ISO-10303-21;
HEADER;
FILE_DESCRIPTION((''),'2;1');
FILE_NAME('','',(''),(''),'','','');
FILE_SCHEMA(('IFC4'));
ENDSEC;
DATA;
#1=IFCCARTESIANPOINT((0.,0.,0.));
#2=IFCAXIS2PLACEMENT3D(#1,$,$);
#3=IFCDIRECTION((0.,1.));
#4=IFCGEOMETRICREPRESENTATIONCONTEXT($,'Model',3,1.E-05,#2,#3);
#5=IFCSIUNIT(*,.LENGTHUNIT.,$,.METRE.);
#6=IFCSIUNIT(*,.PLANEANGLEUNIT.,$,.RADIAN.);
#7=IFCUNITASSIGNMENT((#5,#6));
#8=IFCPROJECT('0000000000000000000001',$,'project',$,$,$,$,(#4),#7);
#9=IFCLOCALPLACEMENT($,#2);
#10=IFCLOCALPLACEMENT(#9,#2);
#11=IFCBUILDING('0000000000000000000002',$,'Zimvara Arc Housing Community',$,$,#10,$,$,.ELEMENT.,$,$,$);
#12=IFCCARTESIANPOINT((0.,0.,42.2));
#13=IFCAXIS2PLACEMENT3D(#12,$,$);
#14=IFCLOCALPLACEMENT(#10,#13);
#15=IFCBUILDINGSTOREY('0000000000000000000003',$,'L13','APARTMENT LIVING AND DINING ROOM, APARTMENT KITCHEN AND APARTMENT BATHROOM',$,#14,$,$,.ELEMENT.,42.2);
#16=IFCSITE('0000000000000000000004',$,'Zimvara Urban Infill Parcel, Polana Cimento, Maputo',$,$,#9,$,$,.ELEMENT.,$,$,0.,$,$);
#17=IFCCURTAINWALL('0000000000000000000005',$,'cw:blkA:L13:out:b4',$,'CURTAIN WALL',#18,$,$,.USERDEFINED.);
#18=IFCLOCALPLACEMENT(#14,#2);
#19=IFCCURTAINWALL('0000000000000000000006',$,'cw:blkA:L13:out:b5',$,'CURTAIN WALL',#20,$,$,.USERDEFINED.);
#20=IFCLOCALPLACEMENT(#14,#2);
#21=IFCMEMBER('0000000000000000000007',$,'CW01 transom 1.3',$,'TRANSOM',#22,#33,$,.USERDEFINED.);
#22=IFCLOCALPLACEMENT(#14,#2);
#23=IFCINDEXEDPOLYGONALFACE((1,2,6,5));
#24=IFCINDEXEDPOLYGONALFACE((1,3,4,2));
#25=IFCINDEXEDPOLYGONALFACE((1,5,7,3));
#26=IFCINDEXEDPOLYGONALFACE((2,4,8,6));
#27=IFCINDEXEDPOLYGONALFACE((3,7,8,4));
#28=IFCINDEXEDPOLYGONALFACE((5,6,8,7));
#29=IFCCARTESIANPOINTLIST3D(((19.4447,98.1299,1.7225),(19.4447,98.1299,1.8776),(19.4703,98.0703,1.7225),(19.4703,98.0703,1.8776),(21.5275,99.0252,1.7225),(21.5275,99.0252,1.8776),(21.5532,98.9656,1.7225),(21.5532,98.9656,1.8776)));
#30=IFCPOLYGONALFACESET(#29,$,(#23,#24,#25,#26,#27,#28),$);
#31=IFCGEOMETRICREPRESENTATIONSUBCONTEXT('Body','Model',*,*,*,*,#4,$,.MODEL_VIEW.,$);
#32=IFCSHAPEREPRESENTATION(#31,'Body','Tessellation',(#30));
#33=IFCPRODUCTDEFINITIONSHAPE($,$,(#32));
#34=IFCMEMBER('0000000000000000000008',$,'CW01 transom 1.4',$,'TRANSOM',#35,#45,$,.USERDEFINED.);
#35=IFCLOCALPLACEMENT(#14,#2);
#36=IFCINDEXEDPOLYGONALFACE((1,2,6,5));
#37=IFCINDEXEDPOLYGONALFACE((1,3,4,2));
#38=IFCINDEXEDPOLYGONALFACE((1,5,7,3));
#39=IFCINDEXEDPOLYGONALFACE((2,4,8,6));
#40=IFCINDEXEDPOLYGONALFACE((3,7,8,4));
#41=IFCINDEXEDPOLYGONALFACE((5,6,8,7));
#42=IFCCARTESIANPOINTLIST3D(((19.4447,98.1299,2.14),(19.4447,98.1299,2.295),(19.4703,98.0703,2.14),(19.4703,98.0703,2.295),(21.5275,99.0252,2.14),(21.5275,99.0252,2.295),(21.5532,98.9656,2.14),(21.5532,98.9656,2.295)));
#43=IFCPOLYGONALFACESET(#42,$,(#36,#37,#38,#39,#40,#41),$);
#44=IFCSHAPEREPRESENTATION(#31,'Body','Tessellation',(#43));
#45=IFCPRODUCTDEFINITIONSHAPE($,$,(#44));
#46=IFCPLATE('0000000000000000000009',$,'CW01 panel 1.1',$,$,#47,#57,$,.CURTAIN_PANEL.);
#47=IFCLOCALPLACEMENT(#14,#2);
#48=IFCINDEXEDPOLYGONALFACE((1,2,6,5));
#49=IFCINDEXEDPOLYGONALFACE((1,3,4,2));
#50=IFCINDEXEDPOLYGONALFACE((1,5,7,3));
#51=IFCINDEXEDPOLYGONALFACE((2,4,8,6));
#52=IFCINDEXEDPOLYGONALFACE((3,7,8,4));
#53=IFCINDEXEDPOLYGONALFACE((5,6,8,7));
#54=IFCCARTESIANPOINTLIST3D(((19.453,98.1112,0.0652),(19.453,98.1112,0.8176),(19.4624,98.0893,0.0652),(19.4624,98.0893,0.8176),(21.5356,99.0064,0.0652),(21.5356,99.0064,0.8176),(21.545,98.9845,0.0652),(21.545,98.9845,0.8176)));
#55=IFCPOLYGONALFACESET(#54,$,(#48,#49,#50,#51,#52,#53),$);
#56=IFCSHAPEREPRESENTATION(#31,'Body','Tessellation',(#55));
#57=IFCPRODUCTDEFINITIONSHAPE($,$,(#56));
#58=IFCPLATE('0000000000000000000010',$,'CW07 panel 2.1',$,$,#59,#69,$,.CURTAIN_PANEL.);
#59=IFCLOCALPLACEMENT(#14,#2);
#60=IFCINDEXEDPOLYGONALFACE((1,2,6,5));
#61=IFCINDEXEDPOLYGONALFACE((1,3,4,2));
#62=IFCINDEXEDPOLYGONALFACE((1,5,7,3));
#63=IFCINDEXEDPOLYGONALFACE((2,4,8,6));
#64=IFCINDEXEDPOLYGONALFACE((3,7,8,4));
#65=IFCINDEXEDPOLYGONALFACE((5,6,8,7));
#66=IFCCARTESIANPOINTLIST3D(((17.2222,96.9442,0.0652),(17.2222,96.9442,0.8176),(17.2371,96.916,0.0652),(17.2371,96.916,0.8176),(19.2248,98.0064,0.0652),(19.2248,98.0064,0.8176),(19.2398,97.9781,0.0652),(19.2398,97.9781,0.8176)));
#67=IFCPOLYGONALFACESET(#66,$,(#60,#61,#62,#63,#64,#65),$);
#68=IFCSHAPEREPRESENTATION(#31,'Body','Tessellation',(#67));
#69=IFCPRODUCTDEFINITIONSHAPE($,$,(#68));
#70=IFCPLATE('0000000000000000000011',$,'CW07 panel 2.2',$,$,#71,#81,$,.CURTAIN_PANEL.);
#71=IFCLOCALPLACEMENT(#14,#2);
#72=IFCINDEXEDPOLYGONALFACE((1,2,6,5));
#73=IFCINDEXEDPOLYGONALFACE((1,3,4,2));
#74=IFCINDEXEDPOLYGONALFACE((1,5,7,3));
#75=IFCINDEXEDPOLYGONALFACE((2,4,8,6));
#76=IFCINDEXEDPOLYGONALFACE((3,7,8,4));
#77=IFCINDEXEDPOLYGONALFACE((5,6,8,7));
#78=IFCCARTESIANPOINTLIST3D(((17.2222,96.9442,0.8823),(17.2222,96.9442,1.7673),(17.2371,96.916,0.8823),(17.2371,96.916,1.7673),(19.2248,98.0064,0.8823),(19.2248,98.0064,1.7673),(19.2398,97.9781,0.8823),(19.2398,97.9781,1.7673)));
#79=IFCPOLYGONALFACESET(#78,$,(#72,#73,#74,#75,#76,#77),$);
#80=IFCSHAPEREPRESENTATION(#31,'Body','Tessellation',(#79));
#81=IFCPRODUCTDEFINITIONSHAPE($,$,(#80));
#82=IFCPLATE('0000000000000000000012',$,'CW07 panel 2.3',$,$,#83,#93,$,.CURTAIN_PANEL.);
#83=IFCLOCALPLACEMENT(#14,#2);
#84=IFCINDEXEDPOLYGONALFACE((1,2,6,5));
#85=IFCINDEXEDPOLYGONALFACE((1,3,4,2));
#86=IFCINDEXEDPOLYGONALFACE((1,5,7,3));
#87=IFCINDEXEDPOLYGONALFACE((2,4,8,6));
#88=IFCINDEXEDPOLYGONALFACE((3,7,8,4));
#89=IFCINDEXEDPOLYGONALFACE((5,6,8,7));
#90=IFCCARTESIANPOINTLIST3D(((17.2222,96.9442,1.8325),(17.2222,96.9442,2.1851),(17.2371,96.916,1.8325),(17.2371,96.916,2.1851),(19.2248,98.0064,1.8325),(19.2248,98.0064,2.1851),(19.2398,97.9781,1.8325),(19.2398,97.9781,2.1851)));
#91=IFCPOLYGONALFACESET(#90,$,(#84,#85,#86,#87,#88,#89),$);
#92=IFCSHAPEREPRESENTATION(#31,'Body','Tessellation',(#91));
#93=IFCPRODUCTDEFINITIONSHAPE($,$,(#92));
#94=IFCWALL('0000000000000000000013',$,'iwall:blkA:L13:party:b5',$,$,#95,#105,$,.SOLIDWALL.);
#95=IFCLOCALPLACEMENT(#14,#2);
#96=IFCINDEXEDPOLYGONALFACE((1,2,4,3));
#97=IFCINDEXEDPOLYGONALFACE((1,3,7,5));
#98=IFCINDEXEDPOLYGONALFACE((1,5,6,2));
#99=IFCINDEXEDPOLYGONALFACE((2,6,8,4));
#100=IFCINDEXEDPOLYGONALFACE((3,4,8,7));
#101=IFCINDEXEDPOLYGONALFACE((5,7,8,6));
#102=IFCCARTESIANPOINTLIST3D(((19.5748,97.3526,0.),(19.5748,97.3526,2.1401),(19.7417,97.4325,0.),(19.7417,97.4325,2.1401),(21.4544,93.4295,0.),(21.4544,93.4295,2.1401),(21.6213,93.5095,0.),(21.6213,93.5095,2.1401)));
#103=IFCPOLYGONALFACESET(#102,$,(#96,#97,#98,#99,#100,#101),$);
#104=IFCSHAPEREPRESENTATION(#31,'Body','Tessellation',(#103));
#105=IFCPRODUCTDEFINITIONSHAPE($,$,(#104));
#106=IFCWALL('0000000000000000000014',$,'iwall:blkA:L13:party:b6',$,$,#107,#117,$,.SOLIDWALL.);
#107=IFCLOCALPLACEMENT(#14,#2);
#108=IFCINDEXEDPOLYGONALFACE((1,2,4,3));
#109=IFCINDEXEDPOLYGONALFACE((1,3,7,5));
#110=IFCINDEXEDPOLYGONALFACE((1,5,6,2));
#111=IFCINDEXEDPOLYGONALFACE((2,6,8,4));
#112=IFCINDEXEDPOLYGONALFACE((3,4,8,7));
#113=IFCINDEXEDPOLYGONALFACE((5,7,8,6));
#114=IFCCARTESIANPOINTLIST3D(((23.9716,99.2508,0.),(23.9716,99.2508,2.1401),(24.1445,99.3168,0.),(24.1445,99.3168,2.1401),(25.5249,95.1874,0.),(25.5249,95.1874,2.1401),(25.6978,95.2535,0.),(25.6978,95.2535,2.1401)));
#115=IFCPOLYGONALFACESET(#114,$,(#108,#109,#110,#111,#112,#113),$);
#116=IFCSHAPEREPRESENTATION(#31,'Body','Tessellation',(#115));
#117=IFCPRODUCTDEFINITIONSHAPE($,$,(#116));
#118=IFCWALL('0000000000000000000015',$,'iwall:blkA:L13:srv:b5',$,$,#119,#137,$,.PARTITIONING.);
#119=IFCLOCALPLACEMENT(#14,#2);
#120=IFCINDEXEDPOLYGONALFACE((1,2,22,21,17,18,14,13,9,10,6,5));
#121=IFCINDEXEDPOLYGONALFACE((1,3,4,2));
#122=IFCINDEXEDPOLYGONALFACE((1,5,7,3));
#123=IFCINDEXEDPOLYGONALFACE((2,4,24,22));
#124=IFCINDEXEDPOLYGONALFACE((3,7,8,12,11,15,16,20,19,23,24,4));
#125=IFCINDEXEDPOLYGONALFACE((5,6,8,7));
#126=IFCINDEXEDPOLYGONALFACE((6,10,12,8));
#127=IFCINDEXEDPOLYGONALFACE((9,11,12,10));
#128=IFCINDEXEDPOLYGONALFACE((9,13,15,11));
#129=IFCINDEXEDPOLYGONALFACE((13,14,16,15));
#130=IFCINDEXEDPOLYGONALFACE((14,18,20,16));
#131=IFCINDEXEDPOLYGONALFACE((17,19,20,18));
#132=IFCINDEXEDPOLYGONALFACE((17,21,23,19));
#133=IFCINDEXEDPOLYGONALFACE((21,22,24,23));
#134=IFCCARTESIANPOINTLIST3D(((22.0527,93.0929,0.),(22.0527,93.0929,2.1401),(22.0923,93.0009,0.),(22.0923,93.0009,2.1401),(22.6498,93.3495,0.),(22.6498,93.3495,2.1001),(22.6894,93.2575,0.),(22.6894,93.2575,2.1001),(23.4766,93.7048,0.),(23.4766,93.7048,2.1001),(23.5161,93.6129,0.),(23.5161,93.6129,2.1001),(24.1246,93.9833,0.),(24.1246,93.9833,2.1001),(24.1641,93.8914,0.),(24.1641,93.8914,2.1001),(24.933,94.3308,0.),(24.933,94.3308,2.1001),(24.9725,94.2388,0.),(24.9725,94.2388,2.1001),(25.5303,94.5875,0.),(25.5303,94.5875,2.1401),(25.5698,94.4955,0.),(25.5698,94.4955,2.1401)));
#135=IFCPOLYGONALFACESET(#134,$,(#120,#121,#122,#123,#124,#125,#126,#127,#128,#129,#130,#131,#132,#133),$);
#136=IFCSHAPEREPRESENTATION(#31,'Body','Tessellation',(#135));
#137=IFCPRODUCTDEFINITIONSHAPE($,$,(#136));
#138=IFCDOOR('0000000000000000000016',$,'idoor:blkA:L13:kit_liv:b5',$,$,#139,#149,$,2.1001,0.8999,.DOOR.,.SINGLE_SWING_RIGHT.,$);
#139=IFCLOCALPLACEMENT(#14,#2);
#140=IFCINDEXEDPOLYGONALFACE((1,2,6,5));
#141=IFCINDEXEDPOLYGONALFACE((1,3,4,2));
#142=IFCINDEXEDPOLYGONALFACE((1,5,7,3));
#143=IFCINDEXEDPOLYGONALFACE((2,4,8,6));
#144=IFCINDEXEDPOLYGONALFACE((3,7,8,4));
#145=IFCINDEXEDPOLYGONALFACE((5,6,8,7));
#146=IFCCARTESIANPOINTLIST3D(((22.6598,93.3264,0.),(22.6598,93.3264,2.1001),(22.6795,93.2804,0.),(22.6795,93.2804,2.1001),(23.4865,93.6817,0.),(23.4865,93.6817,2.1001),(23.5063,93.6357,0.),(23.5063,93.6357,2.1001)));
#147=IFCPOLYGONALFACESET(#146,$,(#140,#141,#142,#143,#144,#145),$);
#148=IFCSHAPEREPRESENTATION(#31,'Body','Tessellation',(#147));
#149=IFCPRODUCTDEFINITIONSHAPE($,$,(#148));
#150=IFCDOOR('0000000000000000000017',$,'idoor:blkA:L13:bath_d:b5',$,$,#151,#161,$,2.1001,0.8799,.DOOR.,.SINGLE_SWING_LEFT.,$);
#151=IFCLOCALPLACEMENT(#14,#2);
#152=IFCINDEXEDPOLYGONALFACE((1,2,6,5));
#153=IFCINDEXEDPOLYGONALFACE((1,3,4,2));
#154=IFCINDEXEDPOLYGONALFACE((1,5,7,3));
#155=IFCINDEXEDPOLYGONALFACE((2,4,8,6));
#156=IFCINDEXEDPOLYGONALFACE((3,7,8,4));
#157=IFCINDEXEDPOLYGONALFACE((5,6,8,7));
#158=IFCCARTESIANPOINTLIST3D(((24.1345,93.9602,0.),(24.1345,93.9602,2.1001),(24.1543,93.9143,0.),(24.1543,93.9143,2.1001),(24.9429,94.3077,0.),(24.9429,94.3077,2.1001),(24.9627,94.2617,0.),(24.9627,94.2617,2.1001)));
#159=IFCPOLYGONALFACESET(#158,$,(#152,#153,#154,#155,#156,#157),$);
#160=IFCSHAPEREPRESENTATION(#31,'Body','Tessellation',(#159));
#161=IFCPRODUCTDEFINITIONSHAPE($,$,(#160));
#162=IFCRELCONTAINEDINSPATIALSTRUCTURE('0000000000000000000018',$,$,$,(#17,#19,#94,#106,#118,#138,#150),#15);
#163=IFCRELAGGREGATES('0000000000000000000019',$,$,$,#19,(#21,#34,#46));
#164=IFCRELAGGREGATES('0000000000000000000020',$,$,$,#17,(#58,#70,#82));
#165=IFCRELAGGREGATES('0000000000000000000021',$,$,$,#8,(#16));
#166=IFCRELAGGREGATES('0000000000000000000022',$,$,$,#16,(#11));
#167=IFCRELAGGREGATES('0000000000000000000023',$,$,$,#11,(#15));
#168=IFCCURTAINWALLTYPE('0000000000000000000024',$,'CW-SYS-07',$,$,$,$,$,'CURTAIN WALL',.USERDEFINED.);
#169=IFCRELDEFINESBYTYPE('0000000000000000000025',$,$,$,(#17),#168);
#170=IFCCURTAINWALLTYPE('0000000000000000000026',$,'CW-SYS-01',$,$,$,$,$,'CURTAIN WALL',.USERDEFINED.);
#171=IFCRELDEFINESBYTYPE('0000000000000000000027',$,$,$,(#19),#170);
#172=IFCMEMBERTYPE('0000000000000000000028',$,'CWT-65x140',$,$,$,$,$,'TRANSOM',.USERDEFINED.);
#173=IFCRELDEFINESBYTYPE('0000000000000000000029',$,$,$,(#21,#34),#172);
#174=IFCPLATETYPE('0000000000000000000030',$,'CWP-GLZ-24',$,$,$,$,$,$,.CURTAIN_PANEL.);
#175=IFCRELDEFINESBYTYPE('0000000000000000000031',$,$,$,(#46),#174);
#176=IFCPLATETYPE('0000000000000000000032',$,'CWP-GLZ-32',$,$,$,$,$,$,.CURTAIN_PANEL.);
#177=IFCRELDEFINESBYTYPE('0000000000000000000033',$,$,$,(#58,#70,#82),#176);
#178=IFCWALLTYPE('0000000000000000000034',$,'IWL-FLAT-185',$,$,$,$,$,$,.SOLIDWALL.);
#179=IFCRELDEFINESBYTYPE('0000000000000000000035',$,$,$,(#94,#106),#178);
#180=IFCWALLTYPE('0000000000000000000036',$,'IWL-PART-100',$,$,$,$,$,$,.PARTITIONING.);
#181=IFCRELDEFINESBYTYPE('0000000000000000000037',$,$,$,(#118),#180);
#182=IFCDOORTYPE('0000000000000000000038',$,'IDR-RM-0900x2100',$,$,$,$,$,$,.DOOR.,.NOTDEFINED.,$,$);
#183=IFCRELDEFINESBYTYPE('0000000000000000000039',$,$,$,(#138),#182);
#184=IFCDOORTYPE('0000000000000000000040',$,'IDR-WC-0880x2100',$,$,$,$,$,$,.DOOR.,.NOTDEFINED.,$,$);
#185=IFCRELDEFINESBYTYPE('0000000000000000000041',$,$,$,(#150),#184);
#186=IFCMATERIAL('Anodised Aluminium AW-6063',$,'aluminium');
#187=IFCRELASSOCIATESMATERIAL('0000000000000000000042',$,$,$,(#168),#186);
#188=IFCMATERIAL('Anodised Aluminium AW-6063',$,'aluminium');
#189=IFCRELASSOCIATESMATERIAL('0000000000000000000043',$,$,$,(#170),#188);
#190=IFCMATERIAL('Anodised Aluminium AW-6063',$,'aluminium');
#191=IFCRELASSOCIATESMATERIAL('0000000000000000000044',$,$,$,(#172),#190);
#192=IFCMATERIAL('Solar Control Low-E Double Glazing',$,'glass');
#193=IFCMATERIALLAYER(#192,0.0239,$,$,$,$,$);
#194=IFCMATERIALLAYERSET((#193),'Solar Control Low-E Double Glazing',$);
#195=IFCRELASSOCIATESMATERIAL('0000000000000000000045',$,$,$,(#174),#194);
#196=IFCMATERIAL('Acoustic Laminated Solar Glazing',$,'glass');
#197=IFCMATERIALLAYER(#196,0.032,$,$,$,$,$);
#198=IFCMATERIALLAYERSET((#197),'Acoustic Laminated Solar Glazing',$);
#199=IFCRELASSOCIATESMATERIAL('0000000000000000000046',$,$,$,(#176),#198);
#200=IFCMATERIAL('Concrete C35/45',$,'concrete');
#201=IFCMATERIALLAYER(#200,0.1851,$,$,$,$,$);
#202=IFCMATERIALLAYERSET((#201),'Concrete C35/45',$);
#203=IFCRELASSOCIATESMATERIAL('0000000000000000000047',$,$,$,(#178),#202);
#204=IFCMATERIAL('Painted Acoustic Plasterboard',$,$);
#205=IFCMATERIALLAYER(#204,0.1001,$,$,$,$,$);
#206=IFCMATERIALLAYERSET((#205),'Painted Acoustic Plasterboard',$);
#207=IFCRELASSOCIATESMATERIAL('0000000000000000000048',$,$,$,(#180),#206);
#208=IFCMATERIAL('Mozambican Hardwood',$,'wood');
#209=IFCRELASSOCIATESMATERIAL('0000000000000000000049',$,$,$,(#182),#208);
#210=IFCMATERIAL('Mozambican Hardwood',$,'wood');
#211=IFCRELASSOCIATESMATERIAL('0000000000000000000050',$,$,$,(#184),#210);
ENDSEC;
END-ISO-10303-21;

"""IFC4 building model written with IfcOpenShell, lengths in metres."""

from ifc_helpers import new_model, si_unit, direction, frame, frame_2d, origin, origin_2d, place, context, subcontext, project, spatial, rectangle, extrude, material, layer, layer_set, material_profile, profile_set, type_object, element, fill, aggregate, save


model = new_model("IFC4")

# Units and contexts
model_context = context("Model", 3, precision=1e-05, world=origin(), true_north=direction((0.0, 1.0)))
body_context = subcontext(model_context, "Body", "Model", "MODEL_VIEW")
ifc_project = project(units=[si_unit("LENGTHUNIT", "METRE"), si_unit("PLANEANGLEUNIT", "RADIAN")], contexts=[model_context])

# Site, building, storey
site_placement = place(None, origin())
site = spatial("IfcSite", under=ifc_project, at=site_placement, Name="Zimvara Urban Infill Parcel, Polana Cimento, Maputo", CompositionType="ELEMENT", RefElevation=0.0)
building_placement = place(site_placement, origin())
building = spatial("IfcBuilding", under=site, at=building_placement, Name="Zimvara Arc Housing Community", CompositionType="ELEMENT")
storey_placement = place(building_placement, frame((0.0, 0.0, 42.2)))
storey = spatial("IfcBuildingStorey", under=building, at=storey_placement, Name="L13", Description="APARTMENT LIVING AND DINING ROOM, APARTMENT KITCHEN AND APARTMENT BATHROOM", CompositionType="ELEMENT", Elevation=42.2)

# Curtain wall
ifc_material_1 = material(Name="Anodised Aluminium AW-6063", Category="aluminium")
curtain_wall_type_1 = type_object("IfcCurtainWallType", Name="CW-SYS-07", ElementType="CURTAIN WALL", PredefinedType="USERDEFINED", material=ifc_material_1)
curtain_wall_1_placement = place(storey_placement, origin())
curtain_wall_1 = element("IfcCurtainWall", 1, at=curtain_wall_1_placement, inside=storey, type_object=curtain_wall_type_1, Name="cw:blkA:L13:out:b4", ObjectType="CURTAIN WALL", PredefinedType="USERDEFINED")

# Curtain wall, members, plate
ifc_material_2 = material(Name="Anodised Aluminium AW-6063", Category="aluminium")
curtain_wall_type_2 = type_object("IfcCurtainWallType", Name="CW-SYS-01", ElementType="CURTAIN WALL", PredefinedType="USERDEFINED", material=ifc_material_2)
curtain_wall_2_placement = place(storey_placement, origin())
curtain_wall_2 = element("IfcCurtainWall", 2, at=curtain_wall_2_placement, inside=storey, type_object=curtain_wall_type_2, Name="cw:blkA:L13:out:b5", ObjectType="CURTAIN WALL", PredefinedType="USERDEFINED")
ifc_material_3 = material(Name="Anodised Aluminium AW-6063", Category="aluminium")
ifc_material_profile_1 = material_profile(ifc_material_3, rectangle(XDim=0.0649, YDim=0.155, at=origin_2d()), Name="ALU 65x155")
ifc_profile_set_1 = profile_set([ifc_material_profile_1], Name="Anodised Aluminium AW-6063")
member_type_1 = type_object("IfcMemberType", Name="CWT-65x140", ElementType="TRANSOM", PredefinedType="USERDEFINED", material=ifc_profile_set_1)
member_1_placement = place(storey_placement, frame((19.4575, 98.1001, 1.8), z_axis=(0.918721, 0.394907, 0.0), x_axis=(-0.394907, 0.918721, 0.0)))
member_1 = element("IfcMember", 3, at=member_1_placement, type_object=member_type_1, Name="CW01 transom 1.3", ObjectType="TRANSOM", PredefinedType="USERDEFINED", context=body_context, shape_type="SweptSolid", body=[
    extrude(rectangle(XDim=0.0649, YDim=0.155, at=origin_2d()), origin(), (0.0, 0.0, 1.0), 2.2671),
])
member_2_placement = place(storey_placement, frame((19.4575, 98.1001, 2.2175), z_axis=(0.918721, 0.394907, 0.0), x_axis=(-0.394907, 0.918721, 0.0)))
member_2 = element("IfcMember", 4, at=member_2_placement, type_object=member_type_1, Name="CW01 transom 1.4", ObjectType="TRANSOM", PredefinedType="USERDEFINED", context=body_context, shape_type="SweptSolid", body=[
    extrude(rectangle(XDim=0.0649, YDim=0.155, at=origin_2d()), origin(), (0.0, 0.0, 1.0), 2.2671),
])
ifc_material_4 = material(Name="Solar Control Low-E Double Glazing", Category="glass")
ifc_layer_1 = layer(ifc_material_4, 0.0239)
ifc_layer_set_1 = layer_set([ifc_layer_1], Name="Solar Control Low-E Double Glazing")
plate_type_1 = type_object("IfcPlateType", Name="CWP-GLZ-24", PredefinedType="CURTAIN_PANEL", material=ifc_layer_set_1)
plate_1_placement = place(storey_placement, frame((20.499, 98.5479, 0.0652), z_axis=(0.0, 0.0, 1.0), x_axis=(0.918722, 0.394904, 0.0)))
plate_1 = element("IfcPlate", 5, at=plate_1_placement, type_object=plate_type_1, Name="CW01 panel 1.1", PredefinedType="CURTAIN_PANEL", context=body_context, shape_type="SweptSolid", body=[
    extrude(rectangle(XDim=2.2668, YDim=0.0239, at=origin_2d()), origin(), (0.0, 0.0, 1.0), 0.7524),
])
aggregate(curtain_wall_2, [member_1, member_2, plate_1])

# Plates
ifc_material_5 = material(Name="Acoustic Laminated Solar Glazing", Category="glass")
ifc_layer_2 = layer(ifc_material_5, 0.032)
ifc_layer_set_2 = layer_set([ifc_layer_2], Name="Acoustic Laminated Solar Glazing")
plate_type_2 = type_object("IfcPlateType", Name="CWP-GLZ-32", PredefinedType="CURTAIN_PANEL", material=ifc_layer_set_2)
plate_2_placement = place(storey_placement, frame((18.231, 97.4612, 0.0652), z_axis=(0.0, 0.0, 1.0), x_axis=(0.883439, 0.468547, 0.0)))
plate_2 = element("IfcPlate", 6, at=plate_2_placement, type_object=plate_type_2, Name="CW07 panel 2.1", PredefinedType="CURTAIN_PANEL", context=body_context, shape_type="SweptSolid", body=[
    extrude(rectangle(XDim=2.2668, YDim=0.032, at=origin_2d()), origin(), (0.0, 0.0, 1.0), 0.7524),
])
plate_3_placement = place(storey_placement, frame((18.231, 97.4612, 0.8823), z_axis=(0.0, 0.0, 1.0), x_axis=(0.883439, 0.468547, 0.0)))
plate_3 = element("IfcPlate", 7, at=plate_3_placement, type_object=plate_type_2, Name="CW07 panel 2.2", PredefinedType="CURTAIN_PANEL", context=body_context, shape_type="SweptSolid", body=[
    extrude(rectangle(XDim=2.2668, YDim=0.032, at=origin_2d()), origin(), (0.0, 0.0, 1.0), 0.885),
])
plate_4_placement = place(storey_placement, frame((18.231, 97.4612, 1.8325), z_axis=(0.0, 0.0, 1.0), x_axis=(0.883439, 0.468547, 0.0)))
plate_4 = element("IfcPlate", 8, at=plate_4_placement, type_object=plate_type_2, Name="CW07 panel 2.3", PredefinedType="CURTAIN_PANEL", context=body_context, shape_type="SweptSolid", body=[
    extrude(rectangle(XDim=2.2668, YDim=0.032, at=origin_2d()), origin(), (0.0, 0.0, 1.0), 0.3525),
])
aggregate(curtain_wall_1, [plate_2, plate_3, plate_4])

# Walls
ifc_material_6 = material(Name="Concrete C35/45", Category="concrete")
ifc_layer_3 = layer(ifc_material_6, 0.1851)
ifc_layer_set_3 = layer_set([ifc_layer_3], Name="Concrete C35/45")
wall_type_1 = type_object("IfcWallType", Name="IWL-FLAT-185", PredefinedType="SOLIDWALL", material=ifc_layer_set_3)
for number, where, z_axis, x_axis, name in (
    (9, (21.5378, 93.4695, 0.0), (0.0, 0.0, 1.0), (-0.432087, 0.901832, 0.0), "iwall:blkA:L13:party:b5"),
    (10, (25.6113, 95.2205, 0.0), (0.0, 0.0, 1.0), (-0.357064, 0.93408, 0.0), "iwall:blkA:L13:party:b6"),
):
    element("IfcWall", number, at=place(storey_placement, frame(where, z_axis=z_axis, x_axis=x_axis)), inside=storey, type_object=wall_type_1, Name=name, PredefinedType="SOLIDWALL", context=body_context, shape_type="SweptSolid", body=[
        extrude(rectangle(XDim=4.3501, YDim=0.1851, at=frame_2d((2.175, 0.0))), origin(), (0.0, 0.0, 1.0), 2.1401),
    ])

# Wall, openings, doors
ifc_material_7 = material(Name="Painted Acoustic Plasterboard")
ifc_layer_4 = layer(ifc_material_7, 0.1001)
ifc_layer_set_4 = layer_set([ifc_layer_4], Name="Painted Acoustic Plasterboard")
wall_type_2 = type_object("IfcWallType", Name="IWL-PART-100", PredefinedType="PARTITIONING", material=ifc_layer_set_4)
wall_1_placement = place(storey_placement, frame((22.0725, 93.0469, 0.0), z_axis=(0.0, 0.0, 1.0), x_axis=(0.918738, 0.394869, 0.0)))
wall_1 = element("IfcWall", 11, at=wall_1_placement, inside=storey, type_object=wall_type_2, Name="iwall:blkA:L13:srv:b5", PredefinedType="PARTITIONING", context=body_context, shape_type="SweptSolid", body=[
    extrude(rectangle(XDim=3.7852, YDim=0.1001, at=frame_2d((1.8926, 0.0))), origin(), (0.0, 0.0, 1.0), 2.1401),
])
opening_1_placement = place(wall_1_placement, frame((0.6499, 0.0, 0.0)))
opening_1 = element("IfcOpeningElement", 12, at=opening_1_placement, cuts=wall_1, PredefinedType="OPENING", context=body_context, shape_type="SweptSolid", body=[
    extrude(rectangle(XDim=0.8999, YDim=2.1001, at=frame_2d((0.45, 1.05))), frame((0.0, 0.0601, 0.0), z_axis=(0.0, -1.0, 0.0), x_axis=(1.0, 0.0, 0.0)), (0.0, 0.0, 1.0), 0.1201),
])
opening_2_placement = place(wall_1_placement, frame((2.2551, 0.0, 0.0)))
opening_2 = element("IfcOpeningElement", 13, at=opening_2_placement, cuts=wall_1, PredefinedType="OPENING", context=body_context, shape_type="SweptSolid", body=[
    extrude(rectangle(XDim=0.8799, YDim=2.1001, at=frame_2d((0.4399, 1.05))), frame((0.0, 0.0601, 0.0), z_axis=(0.0, -1.0, 0.0), x_axis=(1.0, 0.0, 0.0)), (0.0, 0.0, 1.0), 0.1201),
])
ifc_material_8 = material(Name="Mozambican Hardwood", Category="wood")
door_type_1 = type_object("IfcDoorType", Name="IDR-RM-0900x2100", OperationType="NOTDEFINED", PredefinedType="DOOR", material=ifc_material_8)
door_1_placement = place(opening_1_placement, origin())
door_1 = element("IfcDoor", 14, at=door_1_placement, inside=storey, type_object=door_type_1, Name="idoor:blkA:L13:kit_liv:b5", OperationType="SINGLE_SWING_RIGHT", OverallHeight=2.1001, OverallWidth=0.8999, PredefinedType="DOOR", context=body_context, shape_type="SweptSolid", body=[
    extrude(rectangle(XDim=0.8999, YDim=2.1001, at=frame_2d((0.45, 1.05))), frame((0.0, 0.0249, 0.0), z_axis=(0.0, -1.0, 0.0), x_axis=(1.0, 0.0, 0.0)), (0.0, 0.0, 1.0), 0.05),
])
fill(opening_1, door_1)
ifc_material_9 = material(Name="Mozambican Hardwood", Category="wood")
door_type_2 = type_object("IfcDoorType", Name="IDR-WC-0880x2100", OperationType="NOTDEFINED", PredefinedType="DOOR", material=ifc_material_9)
door_2_placement = place(opening_2_placement, origin())
door_2 = element("IfcDoor", 15, at=door_2_placement, inside=storey, type_object=door_type_2, Name="idoor:blkA:L13:bath_d:b5", OperationType="SINGLE_SWING_LEFT", OverallHeight=2.1001, OverallWidth=0.8799, PredefinedType="DOOR", context=body_context, shape_type="SweptSolid", body=[
    extrude(rectangle(XDim=0.8799, YDim=2.1001, at=frame_2d((0.4399, 1.05))), frame((0.0, 0.0249, 0.0), z_axis=(0.0, -1.0, 0.0), x_axis=(1.0, 0.0, 0.0)), (0.0, 0.0, 1.0), 0.05),
])
fill(opening_2, door_2)

save(model, "model.ifc")
